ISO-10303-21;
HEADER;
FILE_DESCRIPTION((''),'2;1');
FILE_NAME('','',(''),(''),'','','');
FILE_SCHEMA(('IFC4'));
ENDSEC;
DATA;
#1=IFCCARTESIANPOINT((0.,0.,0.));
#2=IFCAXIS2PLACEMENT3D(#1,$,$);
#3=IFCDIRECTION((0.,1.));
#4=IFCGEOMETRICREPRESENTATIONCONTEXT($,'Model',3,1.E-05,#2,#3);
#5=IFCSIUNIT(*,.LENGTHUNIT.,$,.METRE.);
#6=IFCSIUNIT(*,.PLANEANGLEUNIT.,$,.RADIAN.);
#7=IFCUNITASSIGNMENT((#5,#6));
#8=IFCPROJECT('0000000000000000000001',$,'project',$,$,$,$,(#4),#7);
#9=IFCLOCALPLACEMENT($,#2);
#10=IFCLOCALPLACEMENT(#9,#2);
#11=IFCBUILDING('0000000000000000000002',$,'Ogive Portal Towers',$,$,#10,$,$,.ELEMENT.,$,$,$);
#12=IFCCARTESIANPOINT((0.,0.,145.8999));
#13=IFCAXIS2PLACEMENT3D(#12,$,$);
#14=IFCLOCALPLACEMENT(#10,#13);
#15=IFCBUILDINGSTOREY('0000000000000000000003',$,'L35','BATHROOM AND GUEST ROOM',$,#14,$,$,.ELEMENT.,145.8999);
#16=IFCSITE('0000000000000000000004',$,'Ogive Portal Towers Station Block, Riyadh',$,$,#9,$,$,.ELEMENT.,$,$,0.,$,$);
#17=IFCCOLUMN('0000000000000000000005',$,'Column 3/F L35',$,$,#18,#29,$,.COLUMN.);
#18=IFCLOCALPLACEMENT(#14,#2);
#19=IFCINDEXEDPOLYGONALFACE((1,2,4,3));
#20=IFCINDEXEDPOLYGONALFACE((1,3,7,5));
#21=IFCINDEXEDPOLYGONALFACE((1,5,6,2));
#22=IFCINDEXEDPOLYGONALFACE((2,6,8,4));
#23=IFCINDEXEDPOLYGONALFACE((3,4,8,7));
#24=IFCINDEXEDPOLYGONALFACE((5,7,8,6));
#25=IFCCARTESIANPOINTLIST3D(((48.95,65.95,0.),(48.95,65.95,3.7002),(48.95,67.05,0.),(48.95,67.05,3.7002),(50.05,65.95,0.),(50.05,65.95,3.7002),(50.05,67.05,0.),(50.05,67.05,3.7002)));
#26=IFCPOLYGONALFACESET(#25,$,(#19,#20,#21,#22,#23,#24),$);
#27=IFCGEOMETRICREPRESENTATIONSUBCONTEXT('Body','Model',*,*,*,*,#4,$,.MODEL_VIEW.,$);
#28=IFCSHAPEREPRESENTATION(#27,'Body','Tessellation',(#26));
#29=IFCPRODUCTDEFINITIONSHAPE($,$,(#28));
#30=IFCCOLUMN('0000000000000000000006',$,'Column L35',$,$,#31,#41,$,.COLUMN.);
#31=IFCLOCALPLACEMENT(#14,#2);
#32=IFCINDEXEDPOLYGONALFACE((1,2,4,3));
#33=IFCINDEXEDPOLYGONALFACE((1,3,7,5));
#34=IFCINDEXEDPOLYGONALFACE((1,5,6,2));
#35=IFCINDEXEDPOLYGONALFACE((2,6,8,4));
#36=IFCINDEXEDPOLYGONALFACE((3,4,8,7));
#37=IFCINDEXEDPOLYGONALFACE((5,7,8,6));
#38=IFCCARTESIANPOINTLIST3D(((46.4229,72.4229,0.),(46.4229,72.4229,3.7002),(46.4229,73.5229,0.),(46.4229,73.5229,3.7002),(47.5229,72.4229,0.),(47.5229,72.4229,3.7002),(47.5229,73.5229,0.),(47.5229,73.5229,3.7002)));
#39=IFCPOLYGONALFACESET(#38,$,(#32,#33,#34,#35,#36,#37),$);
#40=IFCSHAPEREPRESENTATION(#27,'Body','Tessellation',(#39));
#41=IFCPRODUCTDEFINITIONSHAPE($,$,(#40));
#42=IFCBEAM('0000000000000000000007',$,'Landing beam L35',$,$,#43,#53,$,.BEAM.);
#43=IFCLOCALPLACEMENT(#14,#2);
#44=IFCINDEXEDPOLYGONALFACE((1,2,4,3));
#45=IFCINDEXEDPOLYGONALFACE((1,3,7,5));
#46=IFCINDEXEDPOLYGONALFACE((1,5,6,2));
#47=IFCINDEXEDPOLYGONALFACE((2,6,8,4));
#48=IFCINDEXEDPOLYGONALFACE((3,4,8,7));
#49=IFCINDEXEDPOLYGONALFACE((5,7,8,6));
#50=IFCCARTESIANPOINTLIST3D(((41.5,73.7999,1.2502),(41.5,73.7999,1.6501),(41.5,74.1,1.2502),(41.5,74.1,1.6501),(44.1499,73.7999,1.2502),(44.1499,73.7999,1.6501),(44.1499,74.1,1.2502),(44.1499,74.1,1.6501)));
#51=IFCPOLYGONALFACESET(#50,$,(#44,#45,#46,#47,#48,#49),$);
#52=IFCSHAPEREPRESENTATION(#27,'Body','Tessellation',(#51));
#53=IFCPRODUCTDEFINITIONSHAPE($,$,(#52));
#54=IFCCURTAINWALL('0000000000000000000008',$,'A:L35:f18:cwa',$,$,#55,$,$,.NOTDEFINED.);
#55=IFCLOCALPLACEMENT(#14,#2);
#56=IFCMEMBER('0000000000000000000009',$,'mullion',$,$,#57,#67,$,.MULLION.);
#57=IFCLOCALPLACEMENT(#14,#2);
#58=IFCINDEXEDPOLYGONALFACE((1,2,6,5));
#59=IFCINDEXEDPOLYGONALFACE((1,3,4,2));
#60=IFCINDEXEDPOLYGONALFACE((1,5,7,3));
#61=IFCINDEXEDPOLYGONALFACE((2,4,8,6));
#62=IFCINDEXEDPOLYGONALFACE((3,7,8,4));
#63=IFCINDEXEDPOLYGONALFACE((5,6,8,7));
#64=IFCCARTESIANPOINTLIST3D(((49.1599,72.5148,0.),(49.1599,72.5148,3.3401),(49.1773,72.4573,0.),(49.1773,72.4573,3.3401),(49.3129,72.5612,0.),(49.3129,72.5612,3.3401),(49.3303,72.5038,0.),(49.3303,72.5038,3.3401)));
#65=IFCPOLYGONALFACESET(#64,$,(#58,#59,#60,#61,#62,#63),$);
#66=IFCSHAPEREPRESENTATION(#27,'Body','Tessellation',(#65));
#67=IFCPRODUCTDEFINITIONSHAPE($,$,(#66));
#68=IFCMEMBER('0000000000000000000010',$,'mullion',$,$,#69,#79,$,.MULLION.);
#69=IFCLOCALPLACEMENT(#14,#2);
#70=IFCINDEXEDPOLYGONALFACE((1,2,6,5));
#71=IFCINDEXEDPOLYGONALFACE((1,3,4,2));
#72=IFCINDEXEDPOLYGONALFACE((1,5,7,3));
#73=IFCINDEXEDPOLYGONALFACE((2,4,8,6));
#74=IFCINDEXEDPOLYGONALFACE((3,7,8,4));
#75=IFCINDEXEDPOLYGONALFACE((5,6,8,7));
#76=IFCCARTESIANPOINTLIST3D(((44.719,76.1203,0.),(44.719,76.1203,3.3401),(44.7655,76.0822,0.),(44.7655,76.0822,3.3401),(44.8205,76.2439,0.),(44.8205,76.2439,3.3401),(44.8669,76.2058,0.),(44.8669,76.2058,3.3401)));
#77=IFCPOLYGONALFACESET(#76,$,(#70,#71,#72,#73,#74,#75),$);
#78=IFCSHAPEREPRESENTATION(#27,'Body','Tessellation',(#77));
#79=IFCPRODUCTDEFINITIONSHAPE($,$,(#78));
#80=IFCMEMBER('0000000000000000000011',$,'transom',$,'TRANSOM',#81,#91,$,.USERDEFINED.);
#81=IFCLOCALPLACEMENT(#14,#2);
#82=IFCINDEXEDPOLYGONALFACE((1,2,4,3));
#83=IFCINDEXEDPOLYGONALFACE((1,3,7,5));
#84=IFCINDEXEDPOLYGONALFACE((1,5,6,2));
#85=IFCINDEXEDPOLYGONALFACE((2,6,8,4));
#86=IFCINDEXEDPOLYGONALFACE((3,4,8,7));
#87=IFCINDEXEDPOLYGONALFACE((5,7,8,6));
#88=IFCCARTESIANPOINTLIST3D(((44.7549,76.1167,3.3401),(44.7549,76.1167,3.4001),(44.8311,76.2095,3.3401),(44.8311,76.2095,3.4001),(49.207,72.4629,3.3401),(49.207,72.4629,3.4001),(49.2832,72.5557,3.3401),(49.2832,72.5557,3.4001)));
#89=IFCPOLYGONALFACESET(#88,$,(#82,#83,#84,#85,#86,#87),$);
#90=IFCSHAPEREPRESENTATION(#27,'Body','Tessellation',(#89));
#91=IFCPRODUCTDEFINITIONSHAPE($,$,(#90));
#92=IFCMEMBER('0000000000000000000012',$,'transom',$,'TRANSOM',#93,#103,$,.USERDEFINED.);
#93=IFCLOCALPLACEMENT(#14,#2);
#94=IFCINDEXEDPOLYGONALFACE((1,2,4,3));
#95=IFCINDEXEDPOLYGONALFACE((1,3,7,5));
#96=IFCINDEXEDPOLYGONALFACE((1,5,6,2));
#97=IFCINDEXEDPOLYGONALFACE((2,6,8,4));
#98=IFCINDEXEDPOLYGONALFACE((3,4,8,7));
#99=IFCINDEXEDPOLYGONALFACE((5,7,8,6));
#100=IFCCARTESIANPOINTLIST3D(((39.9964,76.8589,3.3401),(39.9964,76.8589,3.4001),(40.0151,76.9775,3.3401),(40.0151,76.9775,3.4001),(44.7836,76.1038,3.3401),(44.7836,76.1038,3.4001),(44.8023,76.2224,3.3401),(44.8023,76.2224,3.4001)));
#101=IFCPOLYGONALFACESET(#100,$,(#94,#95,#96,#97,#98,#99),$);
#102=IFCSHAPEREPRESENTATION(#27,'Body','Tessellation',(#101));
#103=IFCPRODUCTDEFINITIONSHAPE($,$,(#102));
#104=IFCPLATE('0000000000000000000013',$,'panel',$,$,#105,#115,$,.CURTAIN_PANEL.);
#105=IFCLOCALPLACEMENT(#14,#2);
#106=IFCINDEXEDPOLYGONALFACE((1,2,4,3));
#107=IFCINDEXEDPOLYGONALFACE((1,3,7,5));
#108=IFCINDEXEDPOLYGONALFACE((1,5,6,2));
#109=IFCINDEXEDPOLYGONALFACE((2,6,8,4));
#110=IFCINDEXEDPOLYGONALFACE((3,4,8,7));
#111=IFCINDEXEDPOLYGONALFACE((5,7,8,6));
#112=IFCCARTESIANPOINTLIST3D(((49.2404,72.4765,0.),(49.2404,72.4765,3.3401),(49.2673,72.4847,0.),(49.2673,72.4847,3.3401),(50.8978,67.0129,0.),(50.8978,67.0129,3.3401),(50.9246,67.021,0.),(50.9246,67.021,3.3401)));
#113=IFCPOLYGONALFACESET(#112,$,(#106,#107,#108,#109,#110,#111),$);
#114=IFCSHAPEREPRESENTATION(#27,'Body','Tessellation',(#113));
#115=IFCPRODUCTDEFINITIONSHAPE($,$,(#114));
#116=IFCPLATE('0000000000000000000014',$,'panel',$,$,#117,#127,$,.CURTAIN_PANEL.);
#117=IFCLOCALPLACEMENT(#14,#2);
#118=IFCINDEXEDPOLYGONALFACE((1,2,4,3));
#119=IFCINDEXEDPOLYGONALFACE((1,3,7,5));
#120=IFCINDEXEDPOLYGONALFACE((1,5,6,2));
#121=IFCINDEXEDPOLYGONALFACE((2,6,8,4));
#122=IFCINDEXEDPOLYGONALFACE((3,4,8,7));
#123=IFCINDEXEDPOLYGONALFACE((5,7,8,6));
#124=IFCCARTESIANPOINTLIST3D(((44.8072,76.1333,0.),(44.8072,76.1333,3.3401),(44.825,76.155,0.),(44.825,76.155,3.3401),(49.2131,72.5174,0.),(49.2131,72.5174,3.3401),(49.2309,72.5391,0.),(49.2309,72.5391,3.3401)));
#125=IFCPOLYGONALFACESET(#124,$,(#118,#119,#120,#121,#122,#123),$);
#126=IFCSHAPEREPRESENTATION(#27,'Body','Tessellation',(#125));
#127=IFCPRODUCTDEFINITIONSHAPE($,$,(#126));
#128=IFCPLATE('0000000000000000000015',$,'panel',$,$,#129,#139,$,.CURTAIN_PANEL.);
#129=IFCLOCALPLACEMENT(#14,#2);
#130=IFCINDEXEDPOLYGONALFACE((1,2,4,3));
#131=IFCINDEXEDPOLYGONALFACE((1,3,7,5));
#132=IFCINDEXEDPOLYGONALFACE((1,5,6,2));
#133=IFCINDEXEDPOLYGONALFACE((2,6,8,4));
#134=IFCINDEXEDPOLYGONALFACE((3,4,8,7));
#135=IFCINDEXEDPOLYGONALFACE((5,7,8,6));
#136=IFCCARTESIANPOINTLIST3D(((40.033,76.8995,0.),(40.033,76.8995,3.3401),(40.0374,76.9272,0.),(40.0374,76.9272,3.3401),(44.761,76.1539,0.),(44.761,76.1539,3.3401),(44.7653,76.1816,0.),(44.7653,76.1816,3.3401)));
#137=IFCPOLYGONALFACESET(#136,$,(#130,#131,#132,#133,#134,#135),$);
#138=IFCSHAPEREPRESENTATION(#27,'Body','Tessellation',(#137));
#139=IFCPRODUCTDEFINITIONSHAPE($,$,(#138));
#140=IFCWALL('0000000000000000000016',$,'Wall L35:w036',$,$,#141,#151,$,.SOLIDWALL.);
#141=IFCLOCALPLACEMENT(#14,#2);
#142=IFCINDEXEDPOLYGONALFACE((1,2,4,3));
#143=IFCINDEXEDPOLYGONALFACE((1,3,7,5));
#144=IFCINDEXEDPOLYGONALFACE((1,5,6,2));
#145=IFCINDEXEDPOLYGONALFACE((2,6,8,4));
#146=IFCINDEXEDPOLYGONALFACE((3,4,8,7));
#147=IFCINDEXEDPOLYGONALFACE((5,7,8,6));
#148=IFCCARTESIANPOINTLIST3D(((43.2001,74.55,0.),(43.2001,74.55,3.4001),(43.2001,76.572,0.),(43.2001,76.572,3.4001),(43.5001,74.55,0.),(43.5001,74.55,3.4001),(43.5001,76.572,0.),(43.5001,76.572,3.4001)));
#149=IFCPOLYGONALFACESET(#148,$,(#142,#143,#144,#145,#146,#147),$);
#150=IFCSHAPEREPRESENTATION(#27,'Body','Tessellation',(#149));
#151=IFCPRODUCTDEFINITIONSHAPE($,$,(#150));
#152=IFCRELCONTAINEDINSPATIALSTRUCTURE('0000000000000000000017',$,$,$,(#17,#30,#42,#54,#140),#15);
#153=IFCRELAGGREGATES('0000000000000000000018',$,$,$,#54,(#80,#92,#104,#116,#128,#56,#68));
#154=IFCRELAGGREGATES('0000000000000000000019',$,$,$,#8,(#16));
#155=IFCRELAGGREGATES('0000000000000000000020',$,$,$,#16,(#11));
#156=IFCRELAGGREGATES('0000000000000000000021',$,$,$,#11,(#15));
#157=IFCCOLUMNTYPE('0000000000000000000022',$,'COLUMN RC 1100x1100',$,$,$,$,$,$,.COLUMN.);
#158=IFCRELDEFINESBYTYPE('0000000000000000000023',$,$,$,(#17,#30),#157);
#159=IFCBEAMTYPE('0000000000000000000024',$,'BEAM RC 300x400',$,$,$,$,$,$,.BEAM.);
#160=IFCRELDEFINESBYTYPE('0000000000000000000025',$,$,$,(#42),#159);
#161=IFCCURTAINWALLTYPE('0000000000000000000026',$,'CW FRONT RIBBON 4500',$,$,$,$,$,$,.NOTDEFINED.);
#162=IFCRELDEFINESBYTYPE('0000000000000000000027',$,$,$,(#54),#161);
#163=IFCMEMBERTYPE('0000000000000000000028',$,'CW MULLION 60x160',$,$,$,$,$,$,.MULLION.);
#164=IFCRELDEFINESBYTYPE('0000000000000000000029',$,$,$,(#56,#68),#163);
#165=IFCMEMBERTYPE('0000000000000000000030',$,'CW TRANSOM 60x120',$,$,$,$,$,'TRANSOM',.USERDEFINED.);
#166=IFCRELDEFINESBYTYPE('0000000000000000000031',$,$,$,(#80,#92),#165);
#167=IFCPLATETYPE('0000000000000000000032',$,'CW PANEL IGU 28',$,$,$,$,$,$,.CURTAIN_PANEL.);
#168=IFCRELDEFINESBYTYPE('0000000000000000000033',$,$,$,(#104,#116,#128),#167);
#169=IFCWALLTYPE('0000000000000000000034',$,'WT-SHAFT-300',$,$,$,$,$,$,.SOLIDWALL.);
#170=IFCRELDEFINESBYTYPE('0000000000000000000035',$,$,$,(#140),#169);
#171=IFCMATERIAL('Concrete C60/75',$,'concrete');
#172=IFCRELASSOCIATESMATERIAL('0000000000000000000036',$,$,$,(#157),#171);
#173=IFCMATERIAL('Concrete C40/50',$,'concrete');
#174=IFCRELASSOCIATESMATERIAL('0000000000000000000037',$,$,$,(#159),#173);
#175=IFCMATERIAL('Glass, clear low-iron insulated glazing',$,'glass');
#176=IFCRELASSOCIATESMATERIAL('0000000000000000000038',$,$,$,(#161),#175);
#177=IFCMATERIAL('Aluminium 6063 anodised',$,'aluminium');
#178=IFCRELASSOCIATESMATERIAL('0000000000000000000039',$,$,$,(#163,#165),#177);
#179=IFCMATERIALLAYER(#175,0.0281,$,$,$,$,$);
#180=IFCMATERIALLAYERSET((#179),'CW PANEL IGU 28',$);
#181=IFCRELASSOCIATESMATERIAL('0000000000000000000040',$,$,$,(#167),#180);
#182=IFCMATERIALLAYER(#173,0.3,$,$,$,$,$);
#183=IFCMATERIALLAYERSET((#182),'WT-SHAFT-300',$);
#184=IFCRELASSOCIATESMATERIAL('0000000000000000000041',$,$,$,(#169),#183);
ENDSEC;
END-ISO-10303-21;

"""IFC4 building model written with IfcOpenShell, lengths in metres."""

from ifc_helpers import new_model, si_unit, direction, frame, frame_2d, origin, origin_2d, place, context, subcontext, project, spatial, rectangle, extrude, material, layer, layer_set, material_profile, profile_set, type_object, element, aggregate, save


model = new_model("IFC4")

# Units and contexts
model_context = context("Model", 3, precision=1e-05, world=origin(), true_north=direction((0.0, 1.0)))
body_context = subcontext(model_context, "Body", "Model", "MODEL_VIEW")
ifc_project = project(units=[si_unit("LENGTHUNIT", "METRE"), si_unit("PLANEANGLEUNIT", "RADIAN")], contexts=[model_context])

# Site, building, storey
site_placement = place(None, origin())
site = spatial("IfcSite", under=ifc_project, at=site_placement, Name="Ogive Portal Towers Station Block, Riyadh", CompositionType="ELEMENT", RefElevation=0.0)
building_placement = place(site_placement, origin())
building = spatial("IfcBuilding", under=site, at=building_placement, Name="Ogive Portal Towers", CompositionType="ELEMENT")
storey_placement = place(building_placement, frame((0.0, 0.0, 145.8999)))
storey = spatial("IfcBuildingStorey", under=building, at=storey_placement, Name="L35", Description="BATHROOM AND GUEST ROOM", CompositionType="ELEMENT", Elevation=145.8999)

# Columns
ifc_material_1 = material(Name="Concrete C60/75", Category="concrete")
ifc_material_profile_1 = material_profile(ifc_material_1, rectangle(XDim=1.1001, YDim=1.1001, at=origin_2d()), Name="RC 1100x1100")
ifc_profile_set_1 = profile_set([ifc_material_profile_1], Name="Concrete C60/75")
column_type = type_object("IfcColumnType", Name="COLUMN RC 1100x1100", PredefinedType="COLUMN", material=ifc_profile_set_1)
for number, where, z_axis, x_axis, name in (
    (1, (49.5, 66.5, 0.0), (0.0, 0.0, 1.0), (1.0, 0.0, 0.0), "Column 3/F L35"),
    (2, (46.9729, 72.9729, 0.0), (0.0, 0.0, 1.0), (1.0, 0.0, 0.0), "Column L35"),
):
    element("IfcColumn", number, at=place(storey_placement, frame(where, z_axis=z_axis, x_axis=x_axis)), inside=storey, type_object=column_type, Name=name, PredefinedType="COLUMN", context=body_context, shape_type="SweptSolid", body=[
        extrude(rectangle(XDim=1.1001, YDim=1.1001, at=origin_2d()), origin(), (0.0, 0.0, 1.0), 3.7002),
    ])

# Beam
ifc_material_2 = material(Name="Concrete C40/50", Category="concrete")
ifc_material_profile_2 = material_profile(ifc_material_2, rectangle(XDim=0.3, YDim=0.3999, at=origin_2d()), Name="RC 300x400")
ifc_profile_set_2 = profile_set([ifc_material_profile_2], Name="Concrete C40/50")
beam_type = type_object("IfcBeamType", Name="BEAM RC 300x400", PredefinedType="BEAM", material=ifc_profile_set_2)
beam_placement = place(storey_placement, frame((41.5, 73.95, 1.4502), z_axis=(1.0, 0.0, 0.0), x_axis=(0.0, 1.0, 0.0)))
element("IfcBeam", 3, at=beam_placement, inside=storey, type_object=beam_type, Name="Landing beam L35", PredefinedType="BEAM", context=body_context, shape_type="SweptSolid", body=[
    extrude(rectangle(XDim=0.3, YDim=0.3999, at=origin_2d()), origin(), (0.0, 0.0, 1.0), 2.6499),
])

# Curtain wall, members, plates
ifc_material_3 = material(Name="Glass, clear low-iron insulated glazing", Category="glass")
curtain_wall_type = type_object("IfcCurtainWallType", Name="CW FRONT RIBBON 4500", PredefinedType="NOTDEFINED", material=ifc_material_3)
curtain_wall_placement = place(storey_placement, origin())
curtain_wall = element("IfcCurtainWall", 4, at=curtain_wall_placement, inside=storey, type_object=curtain_wall_type, Name="A:L35:f18:cwa", PredefinedType="NOTDEFINED")
ifc_material_4 = material(Name="Aluminium 6063 anodised", Category="aluminium")
ifc_material_profile_3 = material_profile(ifc_material_4, rectangle(XDim=0.1599, YDim=0.0601, at=origin_2d()), Name="AL 60x160")
ifc_profile_set_3 = profile_set([ifc_material_profile_3], Name="Aluminium 6063 anodised")
member_type_1 = type_object("IfcMemberType", Name="CW MULLION 60x160", PredefinedType="MULLION", material=ifc_profile_set_3)
member_1_placement = place(storey_placement, frame((49.2451, 72.5093, 0.0), z_axis=(0.0, 0.0, 1.0), x_axis=(-0.95694, -0.290285, 0.0)))
member_1 = element("IfcMember", 5, at=member_1_placement, type_object=member_type_1, Name="mullion", PredefinedType="MULLION", context=body_context, shape_type="SweptSolid", body=[
    extrude(rectangle(XDim=0.1599, YDim=0.0601, at=origin_2d()), origin(), (0.0, 0.0, 1.0), 3.3401),
])
member_2_placement = place(storey_placement, frame((44.793, 76.1631, 0.0), z_axis=(0.0, 0.0, 1.0), x_axis=(-0.634393, -0.77301, 0.0)))
member_2 = element("IfcMember", 6, at=member_2_placement, type_object=member_type_1, Name="mullion", PredefinedType="MULLION", context=body_context, shape_type="SweptSolid", body=[
    extrude(rectangle(XDim=0.1599, YDim=0.0601, at=origin_2d()), origin(), (0.0, 0.0, 1.0), 3.3401),
])
ifc_material_profile_4 = material_profile(ifc_material_4, rectangle(XDim=0.1201, YDim=0.0601, at=origin_2d()), Name="AL 120x60")
ifc_profile_set_4 = profile_set([ifc_material_profile_4], Name="Aluminium 6063 anodised")
member_type_2 = type_object("IfcMemberType", Name="CW TRANSOM 60x120", ElementType="TRANSOM", PredefinedType="USERDEFINED", material=ifc_profile_set_4)
member_3_placement = place(storey_placement, frame((49.2451, 72.5093, 3.3701), z_axis=(-0.773008, 0.634396, 0.0), x_axis=(-0.634396, -0.773008, 0.0)))
member_3 = element("IfcMember", 7, at=member_3_placement, type_object=member_type_2, Name="transom", ObjectType="TRANSOM", PredefinedType="USERDEFINED", context=body_context, shape_type="SweptSolid", body=[
    extrude(rectangle(XDim=0.1201, YDim=0.0601, at=origin_2d()), origin(), (0.0, 0.0, 1.0), 5.7595),
])
member_4_placement = place(storey_placement, frame((44.793, 76.1631, 3.3701), z_axis=(-0.987787, 0.155807, 0.0), x_axis=(-0.155807, -0.987787, 0.0)))
member_4 = element("IfcMember", 8, at=member_4_placement, type_object=member_type_2, Name="transom", ObjectType="TRANSOM", PredefinedType="USERDEFINED", context=body_context, shape_type="SweptSolid", body=[
    extrude(rectangle(XDim=0.1201, YDim=0.0601, at=origin_2d()), origin(), (0.0, 0.0, 1.0), 4.8464),
])
ifc_layer_1 = layer(ifc_material_3, 0.0281)
ifc_layer_set_1 = layer_set([ifc_layer_1], Name="CW PANEL IGU 28")
plate_type = type_object("IfcPlateType", Name="CW PANEL IGU 28", PredefinedType="CURTAIN_PANEL", material=ifc_layer_set_1)
plate_1_placement = place(storey_placement, frame((50.0825, 69.7488, 0.0), z_axis=(0.0, 0.0, 1.0), x_axis=(-0.290285, 0.95694, 0.0)))
plate_1 = element("IfcPlate", 9, at=plate_1_placement, type_object=plate_type, Name="panel", PredefinedType="CURTAIN_PANEL", context=body_context, shape_type="SweptSolid", body=[
    extrude(rectangle(XDim=5.7095, YDim=0.0281, at=origin_2d()), origin(), (0.0, 0.0, 1.0), 3.3401),
])
plate_2_placement = place(storey_placement, frame((47.019, 74.3362, 0.0), z_axis=(0.0, 0.0, 1.0), x_axis=(-0.77301, 0.634393, 0.0)))
plate_2 = element("IfcPlate", 10, at=plate_2_placement, type_object=plate_type, Name="panel", PredefinedType="CURTAIN_PANEL", context=body_context, shape_type="SweptSolid", body=[
    extrude(rectangle(XDim=5.6997, YDim=0.0281, at=origin_2d()), origin(), (0.0, 0.0, 1.0), 3.3401),
])
plate_3_placement = place(storey_placement, frame((42.3992, 76.5405, 0.0), z_axis=(0.0, 0.0, 1.0), x_axis=(-0.987792, 0.155777, 0.0)))
plate_3 = element("IfcPlate", 11, at=plate_3_placement, type_object=plate_type, Name="panel", PredefinedType="CURTAIN_PANEL", context=body_context, shape_type="SweptSolid", body=[
    extrude(rectangle(XDim=4.7864, YDim=0.0281, at=origin_2d()), origin(), (0.0, 0.0, 1.0), 3.3401),
])
aggregate(curtain_wall, [member_3, member_4, plate_1, plate_2, plate_3, member_1, member_2])

# Wall
ifc_layer_2 = layer(ifc_material_2, 0.3)
ifc_layer_set_2 = layer_set([ifc_layer_2], Name="WT-SHAFT-300")
wall_type = type_object("IfcWallType", Name="WT-SHAFT-300", PredefinedType="SOLIDWALL", material=ifc_layer_set_2)
wall_placement = place(storey_placement, frame((43.3501, 74.55, 0.0), z_axis=(0.0, 0.0, 1.0), x_axis=(0.0, 1.0, 0.0)))
element("IfcWall", 12, at=wall_placement, inside=storey, type_object=wall_type, Name="Wall L35:w036", PredefinedType="SOLIDWALL", context=body_context, shape_type="SweptSolid", body=[
    extrude(rectangle(XDim=2.022, YDim=0.3, at=frame_2d((1.011, 0.0))), origin(), (0.0, 0.0, 1.0), 3.4001),
])

save(model, "model.ifc")
